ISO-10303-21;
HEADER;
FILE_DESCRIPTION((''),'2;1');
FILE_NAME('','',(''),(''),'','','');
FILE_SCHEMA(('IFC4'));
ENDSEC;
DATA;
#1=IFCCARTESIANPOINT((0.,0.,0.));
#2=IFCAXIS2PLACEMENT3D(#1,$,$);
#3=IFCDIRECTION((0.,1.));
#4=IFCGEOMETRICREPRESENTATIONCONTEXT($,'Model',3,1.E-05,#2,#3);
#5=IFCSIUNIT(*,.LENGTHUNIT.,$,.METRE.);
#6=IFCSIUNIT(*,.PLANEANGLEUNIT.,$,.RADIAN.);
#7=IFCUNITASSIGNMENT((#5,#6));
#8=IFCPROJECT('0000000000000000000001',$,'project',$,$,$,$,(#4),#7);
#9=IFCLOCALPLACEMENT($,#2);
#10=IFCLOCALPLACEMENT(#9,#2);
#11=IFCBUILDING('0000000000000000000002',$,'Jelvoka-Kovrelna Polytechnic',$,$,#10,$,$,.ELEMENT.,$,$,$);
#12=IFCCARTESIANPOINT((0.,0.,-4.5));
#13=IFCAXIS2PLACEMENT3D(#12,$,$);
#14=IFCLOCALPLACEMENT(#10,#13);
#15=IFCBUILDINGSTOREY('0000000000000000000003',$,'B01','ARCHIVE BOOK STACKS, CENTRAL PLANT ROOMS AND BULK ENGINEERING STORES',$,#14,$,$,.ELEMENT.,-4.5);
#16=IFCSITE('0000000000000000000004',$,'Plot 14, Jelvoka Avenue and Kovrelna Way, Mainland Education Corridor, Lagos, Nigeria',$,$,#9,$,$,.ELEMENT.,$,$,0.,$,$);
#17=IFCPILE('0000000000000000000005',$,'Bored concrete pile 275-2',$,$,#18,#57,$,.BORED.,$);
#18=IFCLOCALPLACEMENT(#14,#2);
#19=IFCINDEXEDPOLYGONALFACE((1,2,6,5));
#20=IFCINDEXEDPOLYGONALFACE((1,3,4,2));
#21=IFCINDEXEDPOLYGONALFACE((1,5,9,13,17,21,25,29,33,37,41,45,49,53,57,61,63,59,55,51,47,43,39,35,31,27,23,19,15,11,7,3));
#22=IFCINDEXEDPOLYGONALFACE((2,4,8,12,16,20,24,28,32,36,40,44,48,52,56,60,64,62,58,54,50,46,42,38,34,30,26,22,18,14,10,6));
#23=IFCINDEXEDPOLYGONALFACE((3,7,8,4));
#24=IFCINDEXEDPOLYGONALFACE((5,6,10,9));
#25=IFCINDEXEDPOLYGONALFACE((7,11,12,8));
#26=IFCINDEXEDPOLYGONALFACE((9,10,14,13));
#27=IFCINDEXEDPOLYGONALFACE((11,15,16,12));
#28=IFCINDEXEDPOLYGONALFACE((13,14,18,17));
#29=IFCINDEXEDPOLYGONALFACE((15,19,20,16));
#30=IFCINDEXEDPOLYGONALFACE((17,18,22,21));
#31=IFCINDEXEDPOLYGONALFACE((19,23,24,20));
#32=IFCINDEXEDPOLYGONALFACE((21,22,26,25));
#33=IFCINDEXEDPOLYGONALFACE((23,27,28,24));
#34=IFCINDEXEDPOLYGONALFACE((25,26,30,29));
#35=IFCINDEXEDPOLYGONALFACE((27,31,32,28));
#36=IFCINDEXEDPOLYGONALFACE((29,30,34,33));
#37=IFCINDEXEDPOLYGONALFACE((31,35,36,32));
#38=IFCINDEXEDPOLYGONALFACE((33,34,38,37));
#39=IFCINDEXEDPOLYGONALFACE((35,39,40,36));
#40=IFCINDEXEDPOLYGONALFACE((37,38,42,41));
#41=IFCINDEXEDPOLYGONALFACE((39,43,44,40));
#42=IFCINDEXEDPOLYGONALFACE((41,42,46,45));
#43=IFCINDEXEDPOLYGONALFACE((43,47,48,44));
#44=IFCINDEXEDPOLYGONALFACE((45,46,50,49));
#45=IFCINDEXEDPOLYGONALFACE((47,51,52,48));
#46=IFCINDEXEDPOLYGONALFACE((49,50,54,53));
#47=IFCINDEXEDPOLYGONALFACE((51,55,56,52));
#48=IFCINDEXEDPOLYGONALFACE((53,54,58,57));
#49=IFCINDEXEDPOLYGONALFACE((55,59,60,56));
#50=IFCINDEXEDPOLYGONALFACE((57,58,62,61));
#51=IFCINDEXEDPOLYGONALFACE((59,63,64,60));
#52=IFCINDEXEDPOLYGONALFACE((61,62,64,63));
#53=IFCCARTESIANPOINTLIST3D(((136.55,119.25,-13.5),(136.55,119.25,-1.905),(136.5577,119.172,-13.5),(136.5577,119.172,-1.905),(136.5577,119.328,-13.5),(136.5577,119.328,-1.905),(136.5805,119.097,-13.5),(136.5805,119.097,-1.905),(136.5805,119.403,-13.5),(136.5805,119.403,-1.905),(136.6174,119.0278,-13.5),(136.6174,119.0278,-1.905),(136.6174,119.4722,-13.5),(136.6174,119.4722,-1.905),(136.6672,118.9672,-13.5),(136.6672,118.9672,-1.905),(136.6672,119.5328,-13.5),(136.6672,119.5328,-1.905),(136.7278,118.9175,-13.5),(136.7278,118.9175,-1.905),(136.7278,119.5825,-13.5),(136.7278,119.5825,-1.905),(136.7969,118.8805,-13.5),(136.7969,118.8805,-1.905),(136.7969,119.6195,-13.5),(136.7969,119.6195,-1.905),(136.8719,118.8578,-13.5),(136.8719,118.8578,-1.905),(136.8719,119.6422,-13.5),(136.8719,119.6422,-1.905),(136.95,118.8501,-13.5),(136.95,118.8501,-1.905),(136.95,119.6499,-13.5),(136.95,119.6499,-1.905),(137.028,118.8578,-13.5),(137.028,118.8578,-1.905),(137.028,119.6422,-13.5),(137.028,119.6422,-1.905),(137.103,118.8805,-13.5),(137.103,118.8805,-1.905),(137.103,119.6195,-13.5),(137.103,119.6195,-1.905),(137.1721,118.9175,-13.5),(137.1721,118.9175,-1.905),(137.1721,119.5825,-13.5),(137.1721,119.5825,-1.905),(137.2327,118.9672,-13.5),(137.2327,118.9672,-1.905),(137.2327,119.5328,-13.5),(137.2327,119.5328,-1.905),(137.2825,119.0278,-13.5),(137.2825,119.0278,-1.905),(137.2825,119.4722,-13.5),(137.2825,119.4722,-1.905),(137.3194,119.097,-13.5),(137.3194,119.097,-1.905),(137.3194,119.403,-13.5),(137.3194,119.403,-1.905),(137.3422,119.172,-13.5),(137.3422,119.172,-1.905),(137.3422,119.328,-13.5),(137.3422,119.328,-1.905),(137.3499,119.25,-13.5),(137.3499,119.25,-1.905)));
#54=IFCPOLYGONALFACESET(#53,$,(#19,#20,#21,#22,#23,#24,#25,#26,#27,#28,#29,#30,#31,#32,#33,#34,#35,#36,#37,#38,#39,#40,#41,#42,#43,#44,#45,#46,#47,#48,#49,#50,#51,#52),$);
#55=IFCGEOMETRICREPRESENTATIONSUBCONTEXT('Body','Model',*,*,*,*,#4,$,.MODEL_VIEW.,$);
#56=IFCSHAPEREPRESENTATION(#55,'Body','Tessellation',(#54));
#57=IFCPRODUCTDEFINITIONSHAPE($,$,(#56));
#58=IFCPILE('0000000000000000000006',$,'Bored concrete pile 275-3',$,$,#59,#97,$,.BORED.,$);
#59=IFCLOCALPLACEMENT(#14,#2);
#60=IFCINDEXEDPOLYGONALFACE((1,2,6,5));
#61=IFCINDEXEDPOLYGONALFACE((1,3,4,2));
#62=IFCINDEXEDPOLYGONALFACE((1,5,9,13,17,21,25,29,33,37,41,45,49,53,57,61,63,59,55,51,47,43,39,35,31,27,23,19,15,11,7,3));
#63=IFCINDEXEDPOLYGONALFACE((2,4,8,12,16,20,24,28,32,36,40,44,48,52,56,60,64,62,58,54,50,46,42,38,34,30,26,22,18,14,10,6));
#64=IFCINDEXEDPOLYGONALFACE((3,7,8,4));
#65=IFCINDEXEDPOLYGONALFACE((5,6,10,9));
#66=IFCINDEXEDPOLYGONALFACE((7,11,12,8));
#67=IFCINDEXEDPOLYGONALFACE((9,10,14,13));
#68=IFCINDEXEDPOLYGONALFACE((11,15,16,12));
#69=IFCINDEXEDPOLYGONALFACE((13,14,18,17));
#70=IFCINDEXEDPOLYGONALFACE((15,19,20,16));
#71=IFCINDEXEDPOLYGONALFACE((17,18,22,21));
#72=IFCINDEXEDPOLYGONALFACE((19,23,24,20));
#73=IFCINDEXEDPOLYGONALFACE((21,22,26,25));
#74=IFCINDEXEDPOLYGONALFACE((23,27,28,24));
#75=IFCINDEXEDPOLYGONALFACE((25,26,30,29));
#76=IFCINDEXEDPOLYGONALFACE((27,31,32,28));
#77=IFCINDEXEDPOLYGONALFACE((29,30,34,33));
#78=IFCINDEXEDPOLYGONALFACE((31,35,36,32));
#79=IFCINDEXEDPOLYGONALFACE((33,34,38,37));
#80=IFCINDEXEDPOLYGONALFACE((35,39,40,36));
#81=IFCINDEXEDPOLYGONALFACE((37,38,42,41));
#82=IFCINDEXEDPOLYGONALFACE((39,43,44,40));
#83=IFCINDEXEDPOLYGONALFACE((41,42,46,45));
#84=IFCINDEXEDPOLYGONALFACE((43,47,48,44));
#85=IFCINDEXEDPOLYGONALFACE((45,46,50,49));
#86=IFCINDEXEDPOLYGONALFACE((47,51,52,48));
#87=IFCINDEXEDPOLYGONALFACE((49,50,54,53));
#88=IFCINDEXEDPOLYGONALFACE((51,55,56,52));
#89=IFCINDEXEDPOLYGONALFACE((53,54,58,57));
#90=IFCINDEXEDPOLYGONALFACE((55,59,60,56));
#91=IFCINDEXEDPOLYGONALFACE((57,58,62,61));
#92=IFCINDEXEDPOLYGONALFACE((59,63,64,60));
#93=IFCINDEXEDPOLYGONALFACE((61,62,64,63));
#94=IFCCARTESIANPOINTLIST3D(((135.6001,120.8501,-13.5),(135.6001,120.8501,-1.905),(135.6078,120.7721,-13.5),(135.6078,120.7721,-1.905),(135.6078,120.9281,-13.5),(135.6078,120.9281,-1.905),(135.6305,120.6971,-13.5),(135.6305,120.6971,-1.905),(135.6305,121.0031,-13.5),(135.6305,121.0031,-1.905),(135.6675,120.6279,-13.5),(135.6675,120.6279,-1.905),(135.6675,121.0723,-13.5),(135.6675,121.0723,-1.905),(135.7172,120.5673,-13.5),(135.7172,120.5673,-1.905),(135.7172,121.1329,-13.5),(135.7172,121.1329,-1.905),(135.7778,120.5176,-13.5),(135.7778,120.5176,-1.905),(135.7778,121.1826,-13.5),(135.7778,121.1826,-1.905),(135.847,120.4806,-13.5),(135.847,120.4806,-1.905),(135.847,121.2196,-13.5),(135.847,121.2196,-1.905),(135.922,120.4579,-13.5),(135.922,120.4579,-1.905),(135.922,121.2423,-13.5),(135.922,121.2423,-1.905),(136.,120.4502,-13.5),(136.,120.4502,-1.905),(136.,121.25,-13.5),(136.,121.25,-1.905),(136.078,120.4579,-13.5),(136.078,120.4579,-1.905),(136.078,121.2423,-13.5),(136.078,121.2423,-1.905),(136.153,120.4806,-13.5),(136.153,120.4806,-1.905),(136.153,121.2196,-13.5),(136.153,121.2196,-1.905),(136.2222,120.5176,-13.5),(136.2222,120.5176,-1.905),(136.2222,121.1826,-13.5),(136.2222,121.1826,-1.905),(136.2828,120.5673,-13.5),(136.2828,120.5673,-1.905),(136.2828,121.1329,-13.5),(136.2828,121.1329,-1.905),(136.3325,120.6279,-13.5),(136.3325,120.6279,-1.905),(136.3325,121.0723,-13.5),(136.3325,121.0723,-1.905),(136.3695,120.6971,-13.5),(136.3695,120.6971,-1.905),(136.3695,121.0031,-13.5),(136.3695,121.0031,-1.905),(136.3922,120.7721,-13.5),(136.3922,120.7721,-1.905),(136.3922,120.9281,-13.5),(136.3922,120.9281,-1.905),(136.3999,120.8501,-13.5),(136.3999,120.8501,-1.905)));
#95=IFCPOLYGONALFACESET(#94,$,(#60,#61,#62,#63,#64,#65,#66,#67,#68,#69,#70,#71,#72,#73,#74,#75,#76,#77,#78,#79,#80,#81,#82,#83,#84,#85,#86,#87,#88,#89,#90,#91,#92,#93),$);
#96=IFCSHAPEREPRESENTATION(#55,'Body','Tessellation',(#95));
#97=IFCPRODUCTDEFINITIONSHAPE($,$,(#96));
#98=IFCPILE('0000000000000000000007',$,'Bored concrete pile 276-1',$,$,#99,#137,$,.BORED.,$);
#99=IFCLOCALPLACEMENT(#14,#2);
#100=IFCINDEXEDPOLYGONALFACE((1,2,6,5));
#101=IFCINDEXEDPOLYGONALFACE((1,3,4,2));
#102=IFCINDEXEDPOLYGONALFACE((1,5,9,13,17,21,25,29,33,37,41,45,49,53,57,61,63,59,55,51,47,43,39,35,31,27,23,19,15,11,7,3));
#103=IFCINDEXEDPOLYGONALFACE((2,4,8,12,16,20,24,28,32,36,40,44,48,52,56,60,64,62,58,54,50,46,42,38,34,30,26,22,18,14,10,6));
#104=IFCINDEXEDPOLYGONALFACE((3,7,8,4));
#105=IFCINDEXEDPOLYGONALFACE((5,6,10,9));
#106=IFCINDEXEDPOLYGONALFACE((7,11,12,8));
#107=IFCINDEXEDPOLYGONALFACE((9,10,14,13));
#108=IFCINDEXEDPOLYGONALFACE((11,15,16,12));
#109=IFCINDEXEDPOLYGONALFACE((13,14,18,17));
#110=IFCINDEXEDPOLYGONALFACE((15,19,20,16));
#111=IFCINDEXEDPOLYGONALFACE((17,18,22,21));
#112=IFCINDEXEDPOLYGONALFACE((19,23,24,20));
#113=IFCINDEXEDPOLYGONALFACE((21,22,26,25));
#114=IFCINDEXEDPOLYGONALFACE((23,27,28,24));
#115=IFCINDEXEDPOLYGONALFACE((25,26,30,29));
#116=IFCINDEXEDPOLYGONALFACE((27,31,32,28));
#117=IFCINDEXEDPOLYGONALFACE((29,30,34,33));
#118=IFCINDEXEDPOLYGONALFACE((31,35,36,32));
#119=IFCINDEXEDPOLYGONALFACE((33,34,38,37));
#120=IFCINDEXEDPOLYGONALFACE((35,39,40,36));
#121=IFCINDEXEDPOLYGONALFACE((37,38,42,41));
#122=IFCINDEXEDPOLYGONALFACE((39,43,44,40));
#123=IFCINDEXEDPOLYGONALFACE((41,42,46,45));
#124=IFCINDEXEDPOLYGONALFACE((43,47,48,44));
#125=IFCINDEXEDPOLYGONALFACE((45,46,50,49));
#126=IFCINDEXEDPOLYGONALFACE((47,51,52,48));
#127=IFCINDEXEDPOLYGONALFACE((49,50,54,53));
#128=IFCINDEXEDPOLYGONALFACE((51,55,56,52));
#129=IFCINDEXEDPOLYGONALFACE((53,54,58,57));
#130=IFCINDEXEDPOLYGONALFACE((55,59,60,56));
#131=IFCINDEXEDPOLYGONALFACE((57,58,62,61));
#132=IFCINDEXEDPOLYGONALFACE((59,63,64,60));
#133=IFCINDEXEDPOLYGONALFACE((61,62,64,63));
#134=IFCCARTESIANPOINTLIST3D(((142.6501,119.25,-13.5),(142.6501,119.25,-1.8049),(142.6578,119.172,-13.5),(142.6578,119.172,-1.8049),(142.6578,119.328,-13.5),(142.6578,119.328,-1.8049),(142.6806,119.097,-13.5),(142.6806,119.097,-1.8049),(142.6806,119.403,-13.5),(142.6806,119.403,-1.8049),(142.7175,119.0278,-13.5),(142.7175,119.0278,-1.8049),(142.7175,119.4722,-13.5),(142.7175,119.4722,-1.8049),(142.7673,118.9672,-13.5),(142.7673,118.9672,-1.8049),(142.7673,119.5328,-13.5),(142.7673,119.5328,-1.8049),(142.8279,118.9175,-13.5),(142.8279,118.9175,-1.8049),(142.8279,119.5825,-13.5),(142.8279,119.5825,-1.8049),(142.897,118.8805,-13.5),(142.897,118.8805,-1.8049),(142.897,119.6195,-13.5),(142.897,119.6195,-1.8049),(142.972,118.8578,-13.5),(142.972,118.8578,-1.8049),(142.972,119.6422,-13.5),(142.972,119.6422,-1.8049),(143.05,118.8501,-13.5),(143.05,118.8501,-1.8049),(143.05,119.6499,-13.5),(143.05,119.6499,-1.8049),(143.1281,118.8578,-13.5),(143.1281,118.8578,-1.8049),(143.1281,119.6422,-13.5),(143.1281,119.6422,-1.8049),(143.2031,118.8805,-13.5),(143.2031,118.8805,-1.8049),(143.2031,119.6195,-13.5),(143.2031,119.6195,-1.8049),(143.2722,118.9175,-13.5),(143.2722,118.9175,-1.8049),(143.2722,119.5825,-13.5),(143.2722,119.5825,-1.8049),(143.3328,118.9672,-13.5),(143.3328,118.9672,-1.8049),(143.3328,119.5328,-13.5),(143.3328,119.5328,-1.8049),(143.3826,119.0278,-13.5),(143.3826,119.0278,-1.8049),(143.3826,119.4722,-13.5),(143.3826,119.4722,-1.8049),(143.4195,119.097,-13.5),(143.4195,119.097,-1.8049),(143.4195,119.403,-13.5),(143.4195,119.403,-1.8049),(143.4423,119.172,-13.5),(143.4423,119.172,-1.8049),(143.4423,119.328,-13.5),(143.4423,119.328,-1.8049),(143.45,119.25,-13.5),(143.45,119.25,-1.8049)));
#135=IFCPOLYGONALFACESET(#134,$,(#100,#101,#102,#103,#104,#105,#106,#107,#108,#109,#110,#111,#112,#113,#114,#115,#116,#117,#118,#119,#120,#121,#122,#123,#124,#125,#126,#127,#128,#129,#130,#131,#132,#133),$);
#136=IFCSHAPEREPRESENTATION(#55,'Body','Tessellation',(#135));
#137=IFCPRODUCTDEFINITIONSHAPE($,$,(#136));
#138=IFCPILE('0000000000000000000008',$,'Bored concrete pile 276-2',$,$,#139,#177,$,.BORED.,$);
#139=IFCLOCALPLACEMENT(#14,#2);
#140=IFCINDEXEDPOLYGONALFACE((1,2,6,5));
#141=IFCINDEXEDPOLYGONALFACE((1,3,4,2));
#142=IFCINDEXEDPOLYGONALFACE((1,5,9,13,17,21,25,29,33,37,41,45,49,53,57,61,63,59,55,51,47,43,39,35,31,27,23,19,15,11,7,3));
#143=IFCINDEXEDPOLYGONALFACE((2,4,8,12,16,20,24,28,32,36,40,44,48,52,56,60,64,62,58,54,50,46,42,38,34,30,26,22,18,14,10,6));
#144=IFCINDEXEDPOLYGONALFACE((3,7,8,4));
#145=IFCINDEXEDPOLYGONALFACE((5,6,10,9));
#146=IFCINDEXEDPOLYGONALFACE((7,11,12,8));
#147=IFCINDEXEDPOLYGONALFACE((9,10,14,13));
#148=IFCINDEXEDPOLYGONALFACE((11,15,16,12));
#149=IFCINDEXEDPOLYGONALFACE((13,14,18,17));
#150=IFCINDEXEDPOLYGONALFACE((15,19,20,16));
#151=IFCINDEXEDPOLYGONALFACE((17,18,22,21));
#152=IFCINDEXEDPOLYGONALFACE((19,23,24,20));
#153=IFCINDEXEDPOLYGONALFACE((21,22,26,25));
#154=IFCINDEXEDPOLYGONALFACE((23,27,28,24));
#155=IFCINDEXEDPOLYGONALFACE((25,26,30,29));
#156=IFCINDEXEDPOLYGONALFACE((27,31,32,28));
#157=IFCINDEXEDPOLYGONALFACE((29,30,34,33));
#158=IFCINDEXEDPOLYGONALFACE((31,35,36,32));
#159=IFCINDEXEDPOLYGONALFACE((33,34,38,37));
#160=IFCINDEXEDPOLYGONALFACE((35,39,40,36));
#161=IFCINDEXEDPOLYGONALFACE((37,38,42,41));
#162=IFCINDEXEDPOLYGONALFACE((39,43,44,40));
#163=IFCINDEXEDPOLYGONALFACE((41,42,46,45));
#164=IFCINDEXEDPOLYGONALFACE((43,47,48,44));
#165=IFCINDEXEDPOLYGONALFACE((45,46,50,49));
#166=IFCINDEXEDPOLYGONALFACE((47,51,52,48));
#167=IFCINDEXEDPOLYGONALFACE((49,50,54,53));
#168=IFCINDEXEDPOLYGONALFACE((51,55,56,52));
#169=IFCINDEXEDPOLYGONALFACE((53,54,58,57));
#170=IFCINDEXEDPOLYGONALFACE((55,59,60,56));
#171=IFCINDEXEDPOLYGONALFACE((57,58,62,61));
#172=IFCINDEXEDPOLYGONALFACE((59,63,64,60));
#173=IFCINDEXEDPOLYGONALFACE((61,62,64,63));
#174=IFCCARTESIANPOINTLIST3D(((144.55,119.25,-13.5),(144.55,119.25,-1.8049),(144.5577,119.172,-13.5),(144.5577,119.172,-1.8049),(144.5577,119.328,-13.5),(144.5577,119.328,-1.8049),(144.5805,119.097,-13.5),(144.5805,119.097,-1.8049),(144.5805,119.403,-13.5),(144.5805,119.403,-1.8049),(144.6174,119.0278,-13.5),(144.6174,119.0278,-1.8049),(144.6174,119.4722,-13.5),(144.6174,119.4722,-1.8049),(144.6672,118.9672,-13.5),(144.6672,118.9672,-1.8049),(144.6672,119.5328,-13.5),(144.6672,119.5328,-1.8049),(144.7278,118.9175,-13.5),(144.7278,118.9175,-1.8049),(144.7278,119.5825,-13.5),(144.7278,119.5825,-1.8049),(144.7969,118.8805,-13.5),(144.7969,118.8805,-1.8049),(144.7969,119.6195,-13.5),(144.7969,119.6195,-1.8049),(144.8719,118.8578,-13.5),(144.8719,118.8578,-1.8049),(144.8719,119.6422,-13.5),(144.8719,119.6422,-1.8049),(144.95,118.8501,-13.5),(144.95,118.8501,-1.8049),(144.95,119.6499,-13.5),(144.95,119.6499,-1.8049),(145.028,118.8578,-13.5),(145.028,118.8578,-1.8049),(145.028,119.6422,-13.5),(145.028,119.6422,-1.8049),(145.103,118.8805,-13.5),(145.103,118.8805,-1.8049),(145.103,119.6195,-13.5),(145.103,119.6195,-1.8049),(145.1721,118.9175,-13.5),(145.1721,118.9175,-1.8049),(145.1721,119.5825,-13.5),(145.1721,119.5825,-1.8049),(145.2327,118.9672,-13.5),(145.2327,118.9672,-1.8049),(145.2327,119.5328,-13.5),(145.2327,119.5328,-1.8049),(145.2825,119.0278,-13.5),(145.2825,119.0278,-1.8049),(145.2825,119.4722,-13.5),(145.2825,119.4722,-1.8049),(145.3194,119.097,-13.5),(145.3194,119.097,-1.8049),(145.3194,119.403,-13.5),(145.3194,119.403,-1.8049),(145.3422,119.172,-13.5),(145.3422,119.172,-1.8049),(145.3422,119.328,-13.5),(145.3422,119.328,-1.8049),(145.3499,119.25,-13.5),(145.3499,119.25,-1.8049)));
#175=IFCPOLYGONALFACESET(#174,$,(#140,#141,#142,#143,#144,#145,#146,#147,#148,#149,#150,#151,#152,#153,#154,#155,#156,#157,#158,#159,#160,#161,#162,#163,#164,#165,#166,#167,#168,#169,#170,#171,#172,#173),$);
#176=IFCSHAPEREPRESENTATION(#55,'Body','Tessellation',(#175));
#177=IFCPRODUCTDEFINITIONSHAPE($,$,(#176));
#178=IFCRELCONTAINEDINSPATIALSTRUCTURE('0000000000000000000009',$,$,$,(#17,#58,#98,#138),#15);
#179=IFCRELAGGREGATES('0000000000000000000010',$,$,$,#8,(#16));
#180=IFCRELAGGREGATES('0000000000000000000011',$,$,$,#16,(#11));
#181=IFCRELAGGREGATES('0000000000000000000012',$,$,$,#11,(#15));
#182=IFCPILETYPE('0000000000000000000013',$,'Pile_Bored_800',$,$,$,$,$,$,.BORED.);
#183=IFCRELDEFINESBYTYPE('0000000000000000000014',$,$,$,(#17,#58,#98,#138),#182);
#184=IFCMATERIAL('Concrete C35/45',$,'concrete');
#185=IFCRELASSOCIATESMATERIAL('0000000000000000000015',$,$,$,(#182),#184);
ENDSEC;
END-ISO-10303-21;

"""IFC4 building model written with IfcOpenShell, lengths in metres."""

from ifc_helpers import new_model, si_unit, direction, frame, origin, origin_2d, place, context, subcontext, project, spatial, circle, extrude, material, material_profile, profile_set, type_object, element, save


model = new_model("IFC4")

# Units and contexts
model_context = context("Model", 3, precision=1e-05, world=origin(), true_north=direction((0.0, 1.0)))
body_context = subcontext(model_context, "Body", "Model", "MODEL_VIEW")
ifc_project = project(units=[si_unit("LENGTHUNIT", "METRE"), si_unit("PLANEANGLEUNIT", "RADIAN")], contexts=[model_context])

# Site, building, storey
site_placement = place(None, origin())
site = spatial("IfcSite", under=ifc_project, at=site_placement, Name="Plot 14, Jelvoka Avenue and Kovrelna Way, Mainland Education Corridor, Lagos, Nigeria", CompositionType="ELEMENT", RefElevation=0.0)
building_placement = place(site_placement, origin())
building = spatial("IfcBuilding", under=site, at=building_placement, Name="Jelvoka-Kovrelna Polytechnic", CompositionType="ELEMENT")
storey_placement = place(building_placement, frame((0.0, 0.0, -4.5)))
storey = spatial("IfcBuildingStorey", under=building, at=storey_placement, Name="B01", Description="ARCHIVE BOOK STACKS, CENTRAL PLANT ROOMS AND BULK ENGINEERING STORES", CompositionType="ELEMENT", Elevation=-4.5)

# Piles
ifc_material_1 = material(Name="Concrete C35/45", Category="concrete")
ifc_material_profile_1 = material_profile(ifc_material_1, circle(Radius=0.3999, at=origin_2d()), Name="PILE D800")
ifc_profile_set_1 = profile_set([ifc_material_profile_1], Name="Concrete C35/45")
pile_type_1 = type_object("IfcPileType", Name="Pile_Bored_800", PredefinedType="BORED", material=ifc_profile_set_1)
for number, where, z_axis, x_axis, name in (
    (1, (136.95, 119.25, -1.905), (0.0, 0.0, -1.0), (1.0, 0.0, 0.0), "Bored concrete pile 275-2"),
    (2, (136.0, 120.8501, -1.905), (0.0, 0.0, -1.0), (1.0, 0.0, 0.0), "Bored concrete pile 275-3"),
):
    element("IfcPile", number, at=place(storey_placement, frame(where, z_axis=z_axis, x_axis=x_axis)), inside=storey, type_object=pile_type_1, Name=name, PredefinedType="BORED", context=body_context, shape_type="SweptSolid", body=[
        extrude(circle(Radius=0.3999, at=origin_2d()), origin(), (0.0, 0.0, 1.0), 11.595),
    ])
for number, where, z_axis, x_axis, name in (
    (3, (143.05, 119.25, -1.8049), (0.0, 0.0, -1.0), (1.0, 0.0, 0.0), "Bored concrete pile 276-1"),
    (4, (144.95, 119.25, -1.8049), (0.0, 0.0, -1.0), (1.0, 0.0, 0.0), "Bored concrete pile 276-2"),
):
    element("IfcPile", number, at=place(storey_placement, frame(where, z_axis=z_axis, x_axis=x_axis)), inside=storey, type_object=pile_type_1, Name=name, PredefinedType="BORED", context=body_context, shape_type="SweptSolid", body=[
        extrude(circle(Radius=0.3999, at=origin_2d()), origin(), (0.0, 0.0, 1.0), 11.6951),
    ])

save(model, "model.ifc")
